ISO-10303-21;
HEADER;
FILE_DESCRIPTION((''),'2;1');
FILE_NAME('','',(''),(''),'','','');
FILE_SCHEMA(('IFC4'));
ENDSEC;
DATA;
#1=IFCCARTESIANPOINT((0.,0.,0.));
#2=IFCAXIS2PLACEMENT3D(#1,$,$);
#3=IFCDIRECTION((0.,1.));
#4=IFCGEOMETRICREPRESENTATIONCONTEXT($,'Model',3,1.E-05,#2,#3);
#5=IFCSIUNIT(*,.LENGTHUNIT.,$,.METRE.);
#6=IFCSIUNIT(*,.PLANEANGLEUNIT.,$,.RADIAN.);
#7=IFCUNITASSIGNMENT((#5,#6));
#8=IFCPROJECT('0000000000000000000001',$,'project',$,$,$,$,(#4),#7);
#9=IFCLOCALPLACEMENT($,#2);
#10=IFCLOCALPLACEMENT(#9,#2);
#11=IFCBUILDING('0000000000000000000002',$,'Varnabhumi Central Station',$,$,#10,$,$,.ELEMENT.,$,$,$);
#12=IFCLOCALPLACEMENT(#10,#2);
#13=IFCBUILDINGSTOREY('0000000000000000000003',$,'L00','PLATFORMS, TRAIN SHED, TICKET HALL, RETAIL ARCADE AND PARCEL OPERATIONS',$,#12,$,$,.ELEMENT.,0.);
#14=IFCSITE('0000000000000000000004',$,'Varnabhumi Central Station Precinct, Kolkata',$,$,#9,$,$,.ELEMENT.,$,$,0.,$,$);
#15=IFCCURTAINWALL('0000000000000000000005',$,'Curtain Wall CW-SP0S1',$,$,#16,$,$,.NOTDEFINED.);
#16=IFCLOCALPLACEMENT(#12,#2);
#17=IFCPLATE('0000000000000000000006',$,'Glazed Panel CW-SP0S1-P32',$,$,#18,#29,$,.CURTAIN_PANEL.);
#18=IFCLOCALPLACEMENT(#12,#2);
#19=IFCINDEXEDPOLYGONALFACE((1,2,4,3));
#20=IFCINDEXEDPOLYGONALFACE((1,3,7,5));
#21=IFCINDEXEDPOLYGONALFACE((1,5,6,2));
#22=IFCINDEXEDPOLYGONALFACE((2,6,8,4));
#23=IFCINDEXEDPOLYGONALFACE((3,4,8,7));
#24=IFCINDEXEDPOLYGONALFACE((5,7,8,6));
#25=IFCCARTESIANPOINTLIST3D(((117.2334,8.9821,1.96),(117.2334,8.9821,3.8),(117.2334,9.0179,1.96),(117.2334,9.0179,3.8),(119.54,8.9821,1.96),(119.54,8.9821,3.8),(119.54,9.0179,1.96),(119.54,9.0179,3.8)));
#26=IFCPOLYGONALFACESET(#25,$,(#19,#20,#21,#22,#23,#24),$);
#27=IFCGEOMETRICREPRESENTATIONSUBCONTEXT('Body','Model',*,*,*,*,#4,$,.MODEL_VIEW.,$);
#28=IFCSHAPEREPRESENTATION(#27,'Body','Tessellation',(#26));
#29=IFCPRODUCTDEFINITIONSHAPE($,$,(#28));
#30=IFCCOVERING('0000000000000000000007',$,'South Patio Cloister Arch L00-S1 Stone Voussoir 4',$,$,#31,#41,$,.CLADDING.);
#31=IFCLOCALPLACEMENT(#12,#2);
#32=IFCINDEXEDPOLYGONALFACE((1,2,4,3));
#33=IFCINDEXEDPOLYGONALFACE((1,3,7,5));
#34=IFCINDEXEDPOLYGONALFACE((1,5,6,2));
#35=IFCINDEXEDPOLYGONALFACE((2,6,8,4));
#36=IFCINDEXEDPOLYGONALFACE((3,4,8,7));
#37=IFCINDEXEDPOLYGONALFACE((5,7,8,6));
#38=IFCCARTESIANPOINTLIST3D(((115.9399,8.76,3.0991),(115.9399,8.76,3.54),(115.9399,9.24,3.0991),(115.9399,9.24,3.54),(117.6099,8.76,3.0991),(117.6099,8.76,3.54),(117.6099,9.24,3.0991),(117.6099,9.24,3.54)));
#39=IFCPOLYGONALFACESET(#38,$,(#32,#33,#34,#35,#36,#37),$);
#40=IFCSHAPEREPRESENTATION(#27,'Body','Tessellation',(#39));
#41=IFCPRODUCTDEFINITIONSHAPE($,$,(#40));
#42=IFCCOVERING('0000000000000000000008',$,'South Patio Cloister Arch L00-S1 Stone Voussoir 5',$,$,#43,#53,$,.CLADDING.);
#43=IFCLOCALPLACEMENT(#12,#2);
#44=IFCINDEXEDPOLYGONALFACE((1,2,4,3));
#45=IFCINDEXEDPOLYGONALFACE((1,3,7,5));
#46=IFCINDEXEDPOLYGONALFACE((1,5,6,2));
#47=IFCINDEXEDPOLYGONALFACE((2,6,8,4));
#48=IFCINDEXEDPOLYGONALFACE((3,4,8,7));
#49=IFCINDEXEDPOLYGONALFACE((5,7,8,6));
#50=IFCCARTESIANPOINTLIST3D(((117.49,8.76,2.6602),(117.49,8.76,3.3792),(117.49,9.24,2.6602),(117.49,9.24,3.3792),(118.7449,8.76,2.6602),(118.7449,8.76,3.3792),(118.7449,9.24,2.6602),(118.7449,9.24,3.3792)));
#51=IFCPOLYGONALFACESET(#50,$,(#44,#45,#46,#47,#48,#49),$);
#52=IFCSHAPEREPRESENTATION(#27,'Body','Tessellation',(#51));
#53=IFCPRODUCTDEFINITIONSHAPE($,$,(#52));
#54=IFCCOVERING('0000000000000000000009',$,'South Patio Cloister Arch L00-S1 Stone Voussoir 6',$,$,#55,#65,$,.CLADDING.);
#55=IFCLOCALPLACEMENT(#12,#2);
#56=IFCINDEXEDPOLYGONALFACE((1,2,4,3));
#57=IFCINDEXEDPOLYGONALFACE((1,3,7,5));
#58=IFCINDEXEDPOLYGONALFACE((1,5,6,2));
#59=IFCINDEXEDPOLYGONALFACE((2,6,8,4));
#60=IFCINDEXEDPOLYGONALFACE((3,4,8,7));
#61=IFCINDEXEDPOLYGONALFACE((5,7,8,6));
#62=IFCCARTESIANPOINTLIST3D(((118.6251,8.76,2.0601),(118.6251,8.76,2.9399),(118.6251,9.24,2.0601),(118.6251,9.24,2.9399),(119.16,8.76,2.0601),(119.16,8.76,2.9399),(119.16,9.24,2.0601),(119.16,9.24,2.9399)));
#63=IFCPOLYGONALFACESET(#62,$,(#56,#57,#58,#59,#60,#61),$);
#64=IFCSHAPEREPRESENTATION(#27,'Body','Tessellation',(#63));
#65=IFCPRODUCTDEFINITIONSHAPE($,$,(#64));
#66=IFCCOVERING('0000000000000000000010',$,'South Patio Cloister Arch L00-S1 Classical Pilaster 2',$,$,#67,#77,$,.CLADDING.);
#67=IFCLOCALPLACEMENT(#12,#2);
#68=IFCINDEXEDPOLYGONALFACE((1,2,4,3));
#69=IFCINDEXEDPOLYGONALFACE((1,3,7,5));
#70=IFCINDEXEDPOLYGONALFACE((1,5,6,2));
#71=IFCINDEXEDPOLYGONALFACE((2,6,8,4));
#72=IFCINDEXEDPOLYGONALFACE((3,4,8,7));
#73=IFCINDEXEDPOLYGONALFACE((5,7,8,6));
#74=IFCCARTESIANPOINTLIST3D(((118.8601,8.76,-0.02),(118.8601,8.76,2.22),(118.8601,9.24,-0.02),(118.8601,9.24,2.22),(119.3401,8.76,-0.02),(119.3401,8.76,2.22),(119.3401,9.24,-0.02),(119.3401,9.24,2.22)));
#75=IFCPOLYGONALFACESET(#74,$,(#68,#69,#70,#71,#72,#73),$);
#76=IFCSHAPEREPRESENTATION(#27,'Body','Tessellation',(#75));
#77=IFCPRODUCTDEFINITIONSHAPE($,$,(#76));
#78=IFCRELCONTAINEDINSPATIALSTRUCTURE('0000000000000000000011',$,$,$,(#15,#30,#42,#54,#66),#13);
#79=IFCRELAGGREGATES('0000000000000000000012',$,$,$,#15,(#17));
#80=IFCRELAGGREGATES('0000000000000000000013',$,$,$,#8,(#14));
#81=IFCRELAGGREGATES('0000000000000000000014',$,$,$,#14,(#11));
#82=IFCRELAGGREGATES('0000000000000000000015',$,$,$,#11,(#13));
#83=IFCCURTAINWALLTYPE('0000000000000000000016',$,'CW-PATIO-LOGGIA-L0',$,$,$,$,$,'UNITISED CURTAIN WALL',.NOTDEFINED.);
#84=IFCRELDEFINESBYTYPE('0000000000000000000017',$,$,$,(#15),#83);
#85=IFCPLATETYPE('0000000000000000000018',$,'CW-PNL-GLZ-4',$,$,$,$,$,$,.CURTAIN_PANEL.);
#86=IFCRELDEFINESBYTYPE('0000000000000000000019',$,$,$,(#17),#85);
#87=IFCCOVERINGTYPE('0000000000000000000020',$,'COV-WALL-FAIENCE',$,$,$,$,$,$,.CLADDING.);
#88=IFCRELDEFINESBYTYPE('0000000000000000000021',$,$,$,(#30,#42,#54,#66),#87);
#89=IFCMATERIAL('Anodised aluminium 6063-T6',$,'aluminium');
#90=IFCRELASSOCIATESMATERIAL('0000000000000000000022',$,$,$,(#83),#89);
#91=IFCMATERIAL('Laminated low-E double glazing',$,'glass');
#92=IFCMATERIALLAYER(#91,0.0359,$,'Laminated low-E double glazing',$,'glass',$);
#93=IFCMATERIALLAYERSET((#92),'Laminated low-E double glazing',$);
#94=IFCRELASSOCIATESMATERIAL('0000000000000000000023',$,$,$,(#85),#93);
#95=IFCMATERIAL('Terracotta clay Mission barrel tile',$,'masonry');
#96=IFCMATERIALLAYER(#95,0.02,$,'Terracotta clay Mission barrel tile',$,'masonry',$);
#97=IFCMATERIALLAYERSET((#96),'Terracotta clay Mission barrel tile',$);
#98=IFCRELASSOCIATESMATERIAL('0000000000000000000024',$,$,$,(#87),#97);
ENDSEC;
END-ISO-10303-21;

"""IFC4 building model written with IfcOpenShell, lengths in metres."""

from ifc_helpers import new_model, si_unit, direction, frame, origin, origin_2d, place, context, subcontext, project, spatial, rectangle, extrude, material, layer, layer_set, type_object, element, aggregate, save


model = new_model("IFC4")

# Units and contexts
model_context = context("Model", 3, precision=1e-05, world=origin(), true_north=direction((0.0, 1.0)))
body_context = subcontext(model_context, "Body", "Model", "MODEL_VIEW")
ifc_project = project(units=[si_unit("LENGTHUNIT", "METRE"), si_unit("PLANEANGLEUNIT", "RADIAN")], contexts=[model_context])

# Site, building, storey
site_placement = place(None, origin())
site = spatial("IfcSite", under=ifc_project, at=site_placement, Name="Varnabhumi Central Station Precinct, Kolkata", CompositionType="ELEMENT", RefElevation=0.0)
building_placement = place(site_placement, origin())
building = spatial("IfcBuilding", under=site, at=building_placement, Name="Varnabhumi Central Station", CompositionType="ELEMENT")
storey_placement = place(building_placement, origin())
storey = spatial("IfcBuildingStorey", under=building, at=storey_placement, Name="L00", Description="PLATFORMS, TRAIN SHED, TICKET HALL, RETAIL ARCADE AND PARCEL OPERATIONS", CompositionType="ELEMENT", Elevation=0.0)

# Curtain wall
ifc_material_1 = material(Name="Anodised aluminium 6063-T6", Category="aluminium")
curtain_wall_type = type_object("IfcCurtainWallType", Name="CW-PATIO-LOGGIA-L0", ElementType="UNITISED CURTAIN WALL", PredefinedType="NOTDEFINED", material=ifc_material_1)
curtain_wall_1_placement = place(storey_placement, origin())
curtain_wall_1 = element("IfcCurtainWall", 1, at=curtain_wall_1_placement, inside=storey, type_object=curtain_wall_type, Name="Curtain Wall CW-SP0S1", PredefinedType="NOTDEFINED")

# Plate
ifc_material_2 = material(Name="Laminated low-E double glazing", Category="glass")
ifc_layer_1 = layer(ifc_material_2, 0.0359, Name="Laminated low-E double glazing", Category="glass")
ifc_layer_set_1 = layer_set([ifc_layer_1], Name="Laminated low-E double glazing")
plate_type_1 = type_object("IfcPlateType", Name="CW-PNL-GLZ-4", PredefinedType="CURTAIN_PANEL", material=ifc_layer_set_1)
plate_1_placement = place(storey_placement, frame((118.3867, 9.0, 1.96), z_axis=(0.0, 0.0, 1.0), x_axis=(1.0, 0.0, 0.0)))
plate_1 = element("IfcPlate", 2, at=plate_1_placement, type_object=plate_type_1, Name="Glazed Panel CW-SP0S1-P32", PredefinedType="CURTAIN_PANEL", context=body_context, shape_type="SweptSolid", body=[
    extrude(rectangle(XDim=2.3066, YDim=0.0359, at=origin_2d()), origin(), (0.0, 0.0, 1.0), 1.8401),
])
aggregate(curtain_wall_1, [plate_1])

# Coverings
ifc_material_3 = material(Name="Terracotta clay Mission barrel tile", Category="masonry")
ifc_layer_2 = layer(ifc_material_3, 0.02, Name="Terracotta clay Mission barrel tile", Category="masonry")
ifc_layer_set_2 = layer_set([ifc_layer_2], Name="Terracotta clay Mission barrel tile")
covering_type = type_object("IfcCoveringType", Name="COV-WALL-FAIENCE", PredefinedType="CLADDING", material=ifc_layer_set_2)
covering_1_placement = place(storey_placement, frame((116.7749, 9.0, 3.0991), z_axis=(0.0, 0.0, 1.0), x_axis=(1.0, 0.0, 0.0)))
element("IfcCovering", 3, at=covering_1_placement, inside=storey, type_object=covering_type, Name="South Patio Cloister Arch L00-S1 Stone Voussoir 4", PredefinedType="CLADDING", context=body_context, shape_type="SweptSolid", body=[
    extrude(rectangle(XDim=1.6699, YDim=0.48, at=origin_2d()), origin(), (0.0, 0.0, 1.0), 0.4409),
])
covering_2_placement = place(storey_placement, frame((118.1174, 9.0, 2.6602), z_axis=(0.0, 0.0, 1.0), x_axis=(1.0, 0.0, 0.0)))
element("IfcCovering", 4, at=covering_2_placement, inside=storey, type_object=covering_type, Name="South Patio Cloister Arch L00-S1 Stone Voussoir 5", PredefinedType="CLADDING", context=body_context, shape_type="SweptSolid", body=[
    extrude(rectangle(XDim=1.2549, YDim=0.48, at=origin_2d()), origin(), (0.0, 0.0, 1.0), 0.719),
])
covering_3_placement = place(storey_placement, frame((118.8926, 9.0, 2.0601), z_axis=(0.0, 0.0, 1.0), x_axis=(1.0, 0.0, 0.0)))
element("IfcCovering", 5, at=covering_3_placement, inside=storey, type_object=covering_type, Name="South Patio Cloister Arch L00-S1 Stone Voussoir 6", PredefinedType="CLADDING", context=body_context, shape_type="SweptSolid", body=[
    extrude(rectangle(XDim=0.5349, YDim=0.48, at=origin_2d()), origin(), (0.0, 0.0, 1.0), 0.8799),
])
covering_4_placement = place(storey_placement, frame((119.1001, 9.0, -0.02), z_axis=(0.0, 0.0, 1.0), x_axis=(1.0, 0.0, 0.0)))
element("IfcCovering", 6, at=covering_4_placement, inside=storey, type_object=covering_type, Name="South Patio Cloister Arch L00-S1 Classical Pilaster 2", PredefinedType="CLADDING", context=body_context, shape_type="SweptSolid", body=[
    extrude(rectangle(XDim=0.48, YDim=0.48, at=origin_2d()), origin(), (0.0, 0.0, 1.0), 2.24),
])

save(model, "model.ifc")
